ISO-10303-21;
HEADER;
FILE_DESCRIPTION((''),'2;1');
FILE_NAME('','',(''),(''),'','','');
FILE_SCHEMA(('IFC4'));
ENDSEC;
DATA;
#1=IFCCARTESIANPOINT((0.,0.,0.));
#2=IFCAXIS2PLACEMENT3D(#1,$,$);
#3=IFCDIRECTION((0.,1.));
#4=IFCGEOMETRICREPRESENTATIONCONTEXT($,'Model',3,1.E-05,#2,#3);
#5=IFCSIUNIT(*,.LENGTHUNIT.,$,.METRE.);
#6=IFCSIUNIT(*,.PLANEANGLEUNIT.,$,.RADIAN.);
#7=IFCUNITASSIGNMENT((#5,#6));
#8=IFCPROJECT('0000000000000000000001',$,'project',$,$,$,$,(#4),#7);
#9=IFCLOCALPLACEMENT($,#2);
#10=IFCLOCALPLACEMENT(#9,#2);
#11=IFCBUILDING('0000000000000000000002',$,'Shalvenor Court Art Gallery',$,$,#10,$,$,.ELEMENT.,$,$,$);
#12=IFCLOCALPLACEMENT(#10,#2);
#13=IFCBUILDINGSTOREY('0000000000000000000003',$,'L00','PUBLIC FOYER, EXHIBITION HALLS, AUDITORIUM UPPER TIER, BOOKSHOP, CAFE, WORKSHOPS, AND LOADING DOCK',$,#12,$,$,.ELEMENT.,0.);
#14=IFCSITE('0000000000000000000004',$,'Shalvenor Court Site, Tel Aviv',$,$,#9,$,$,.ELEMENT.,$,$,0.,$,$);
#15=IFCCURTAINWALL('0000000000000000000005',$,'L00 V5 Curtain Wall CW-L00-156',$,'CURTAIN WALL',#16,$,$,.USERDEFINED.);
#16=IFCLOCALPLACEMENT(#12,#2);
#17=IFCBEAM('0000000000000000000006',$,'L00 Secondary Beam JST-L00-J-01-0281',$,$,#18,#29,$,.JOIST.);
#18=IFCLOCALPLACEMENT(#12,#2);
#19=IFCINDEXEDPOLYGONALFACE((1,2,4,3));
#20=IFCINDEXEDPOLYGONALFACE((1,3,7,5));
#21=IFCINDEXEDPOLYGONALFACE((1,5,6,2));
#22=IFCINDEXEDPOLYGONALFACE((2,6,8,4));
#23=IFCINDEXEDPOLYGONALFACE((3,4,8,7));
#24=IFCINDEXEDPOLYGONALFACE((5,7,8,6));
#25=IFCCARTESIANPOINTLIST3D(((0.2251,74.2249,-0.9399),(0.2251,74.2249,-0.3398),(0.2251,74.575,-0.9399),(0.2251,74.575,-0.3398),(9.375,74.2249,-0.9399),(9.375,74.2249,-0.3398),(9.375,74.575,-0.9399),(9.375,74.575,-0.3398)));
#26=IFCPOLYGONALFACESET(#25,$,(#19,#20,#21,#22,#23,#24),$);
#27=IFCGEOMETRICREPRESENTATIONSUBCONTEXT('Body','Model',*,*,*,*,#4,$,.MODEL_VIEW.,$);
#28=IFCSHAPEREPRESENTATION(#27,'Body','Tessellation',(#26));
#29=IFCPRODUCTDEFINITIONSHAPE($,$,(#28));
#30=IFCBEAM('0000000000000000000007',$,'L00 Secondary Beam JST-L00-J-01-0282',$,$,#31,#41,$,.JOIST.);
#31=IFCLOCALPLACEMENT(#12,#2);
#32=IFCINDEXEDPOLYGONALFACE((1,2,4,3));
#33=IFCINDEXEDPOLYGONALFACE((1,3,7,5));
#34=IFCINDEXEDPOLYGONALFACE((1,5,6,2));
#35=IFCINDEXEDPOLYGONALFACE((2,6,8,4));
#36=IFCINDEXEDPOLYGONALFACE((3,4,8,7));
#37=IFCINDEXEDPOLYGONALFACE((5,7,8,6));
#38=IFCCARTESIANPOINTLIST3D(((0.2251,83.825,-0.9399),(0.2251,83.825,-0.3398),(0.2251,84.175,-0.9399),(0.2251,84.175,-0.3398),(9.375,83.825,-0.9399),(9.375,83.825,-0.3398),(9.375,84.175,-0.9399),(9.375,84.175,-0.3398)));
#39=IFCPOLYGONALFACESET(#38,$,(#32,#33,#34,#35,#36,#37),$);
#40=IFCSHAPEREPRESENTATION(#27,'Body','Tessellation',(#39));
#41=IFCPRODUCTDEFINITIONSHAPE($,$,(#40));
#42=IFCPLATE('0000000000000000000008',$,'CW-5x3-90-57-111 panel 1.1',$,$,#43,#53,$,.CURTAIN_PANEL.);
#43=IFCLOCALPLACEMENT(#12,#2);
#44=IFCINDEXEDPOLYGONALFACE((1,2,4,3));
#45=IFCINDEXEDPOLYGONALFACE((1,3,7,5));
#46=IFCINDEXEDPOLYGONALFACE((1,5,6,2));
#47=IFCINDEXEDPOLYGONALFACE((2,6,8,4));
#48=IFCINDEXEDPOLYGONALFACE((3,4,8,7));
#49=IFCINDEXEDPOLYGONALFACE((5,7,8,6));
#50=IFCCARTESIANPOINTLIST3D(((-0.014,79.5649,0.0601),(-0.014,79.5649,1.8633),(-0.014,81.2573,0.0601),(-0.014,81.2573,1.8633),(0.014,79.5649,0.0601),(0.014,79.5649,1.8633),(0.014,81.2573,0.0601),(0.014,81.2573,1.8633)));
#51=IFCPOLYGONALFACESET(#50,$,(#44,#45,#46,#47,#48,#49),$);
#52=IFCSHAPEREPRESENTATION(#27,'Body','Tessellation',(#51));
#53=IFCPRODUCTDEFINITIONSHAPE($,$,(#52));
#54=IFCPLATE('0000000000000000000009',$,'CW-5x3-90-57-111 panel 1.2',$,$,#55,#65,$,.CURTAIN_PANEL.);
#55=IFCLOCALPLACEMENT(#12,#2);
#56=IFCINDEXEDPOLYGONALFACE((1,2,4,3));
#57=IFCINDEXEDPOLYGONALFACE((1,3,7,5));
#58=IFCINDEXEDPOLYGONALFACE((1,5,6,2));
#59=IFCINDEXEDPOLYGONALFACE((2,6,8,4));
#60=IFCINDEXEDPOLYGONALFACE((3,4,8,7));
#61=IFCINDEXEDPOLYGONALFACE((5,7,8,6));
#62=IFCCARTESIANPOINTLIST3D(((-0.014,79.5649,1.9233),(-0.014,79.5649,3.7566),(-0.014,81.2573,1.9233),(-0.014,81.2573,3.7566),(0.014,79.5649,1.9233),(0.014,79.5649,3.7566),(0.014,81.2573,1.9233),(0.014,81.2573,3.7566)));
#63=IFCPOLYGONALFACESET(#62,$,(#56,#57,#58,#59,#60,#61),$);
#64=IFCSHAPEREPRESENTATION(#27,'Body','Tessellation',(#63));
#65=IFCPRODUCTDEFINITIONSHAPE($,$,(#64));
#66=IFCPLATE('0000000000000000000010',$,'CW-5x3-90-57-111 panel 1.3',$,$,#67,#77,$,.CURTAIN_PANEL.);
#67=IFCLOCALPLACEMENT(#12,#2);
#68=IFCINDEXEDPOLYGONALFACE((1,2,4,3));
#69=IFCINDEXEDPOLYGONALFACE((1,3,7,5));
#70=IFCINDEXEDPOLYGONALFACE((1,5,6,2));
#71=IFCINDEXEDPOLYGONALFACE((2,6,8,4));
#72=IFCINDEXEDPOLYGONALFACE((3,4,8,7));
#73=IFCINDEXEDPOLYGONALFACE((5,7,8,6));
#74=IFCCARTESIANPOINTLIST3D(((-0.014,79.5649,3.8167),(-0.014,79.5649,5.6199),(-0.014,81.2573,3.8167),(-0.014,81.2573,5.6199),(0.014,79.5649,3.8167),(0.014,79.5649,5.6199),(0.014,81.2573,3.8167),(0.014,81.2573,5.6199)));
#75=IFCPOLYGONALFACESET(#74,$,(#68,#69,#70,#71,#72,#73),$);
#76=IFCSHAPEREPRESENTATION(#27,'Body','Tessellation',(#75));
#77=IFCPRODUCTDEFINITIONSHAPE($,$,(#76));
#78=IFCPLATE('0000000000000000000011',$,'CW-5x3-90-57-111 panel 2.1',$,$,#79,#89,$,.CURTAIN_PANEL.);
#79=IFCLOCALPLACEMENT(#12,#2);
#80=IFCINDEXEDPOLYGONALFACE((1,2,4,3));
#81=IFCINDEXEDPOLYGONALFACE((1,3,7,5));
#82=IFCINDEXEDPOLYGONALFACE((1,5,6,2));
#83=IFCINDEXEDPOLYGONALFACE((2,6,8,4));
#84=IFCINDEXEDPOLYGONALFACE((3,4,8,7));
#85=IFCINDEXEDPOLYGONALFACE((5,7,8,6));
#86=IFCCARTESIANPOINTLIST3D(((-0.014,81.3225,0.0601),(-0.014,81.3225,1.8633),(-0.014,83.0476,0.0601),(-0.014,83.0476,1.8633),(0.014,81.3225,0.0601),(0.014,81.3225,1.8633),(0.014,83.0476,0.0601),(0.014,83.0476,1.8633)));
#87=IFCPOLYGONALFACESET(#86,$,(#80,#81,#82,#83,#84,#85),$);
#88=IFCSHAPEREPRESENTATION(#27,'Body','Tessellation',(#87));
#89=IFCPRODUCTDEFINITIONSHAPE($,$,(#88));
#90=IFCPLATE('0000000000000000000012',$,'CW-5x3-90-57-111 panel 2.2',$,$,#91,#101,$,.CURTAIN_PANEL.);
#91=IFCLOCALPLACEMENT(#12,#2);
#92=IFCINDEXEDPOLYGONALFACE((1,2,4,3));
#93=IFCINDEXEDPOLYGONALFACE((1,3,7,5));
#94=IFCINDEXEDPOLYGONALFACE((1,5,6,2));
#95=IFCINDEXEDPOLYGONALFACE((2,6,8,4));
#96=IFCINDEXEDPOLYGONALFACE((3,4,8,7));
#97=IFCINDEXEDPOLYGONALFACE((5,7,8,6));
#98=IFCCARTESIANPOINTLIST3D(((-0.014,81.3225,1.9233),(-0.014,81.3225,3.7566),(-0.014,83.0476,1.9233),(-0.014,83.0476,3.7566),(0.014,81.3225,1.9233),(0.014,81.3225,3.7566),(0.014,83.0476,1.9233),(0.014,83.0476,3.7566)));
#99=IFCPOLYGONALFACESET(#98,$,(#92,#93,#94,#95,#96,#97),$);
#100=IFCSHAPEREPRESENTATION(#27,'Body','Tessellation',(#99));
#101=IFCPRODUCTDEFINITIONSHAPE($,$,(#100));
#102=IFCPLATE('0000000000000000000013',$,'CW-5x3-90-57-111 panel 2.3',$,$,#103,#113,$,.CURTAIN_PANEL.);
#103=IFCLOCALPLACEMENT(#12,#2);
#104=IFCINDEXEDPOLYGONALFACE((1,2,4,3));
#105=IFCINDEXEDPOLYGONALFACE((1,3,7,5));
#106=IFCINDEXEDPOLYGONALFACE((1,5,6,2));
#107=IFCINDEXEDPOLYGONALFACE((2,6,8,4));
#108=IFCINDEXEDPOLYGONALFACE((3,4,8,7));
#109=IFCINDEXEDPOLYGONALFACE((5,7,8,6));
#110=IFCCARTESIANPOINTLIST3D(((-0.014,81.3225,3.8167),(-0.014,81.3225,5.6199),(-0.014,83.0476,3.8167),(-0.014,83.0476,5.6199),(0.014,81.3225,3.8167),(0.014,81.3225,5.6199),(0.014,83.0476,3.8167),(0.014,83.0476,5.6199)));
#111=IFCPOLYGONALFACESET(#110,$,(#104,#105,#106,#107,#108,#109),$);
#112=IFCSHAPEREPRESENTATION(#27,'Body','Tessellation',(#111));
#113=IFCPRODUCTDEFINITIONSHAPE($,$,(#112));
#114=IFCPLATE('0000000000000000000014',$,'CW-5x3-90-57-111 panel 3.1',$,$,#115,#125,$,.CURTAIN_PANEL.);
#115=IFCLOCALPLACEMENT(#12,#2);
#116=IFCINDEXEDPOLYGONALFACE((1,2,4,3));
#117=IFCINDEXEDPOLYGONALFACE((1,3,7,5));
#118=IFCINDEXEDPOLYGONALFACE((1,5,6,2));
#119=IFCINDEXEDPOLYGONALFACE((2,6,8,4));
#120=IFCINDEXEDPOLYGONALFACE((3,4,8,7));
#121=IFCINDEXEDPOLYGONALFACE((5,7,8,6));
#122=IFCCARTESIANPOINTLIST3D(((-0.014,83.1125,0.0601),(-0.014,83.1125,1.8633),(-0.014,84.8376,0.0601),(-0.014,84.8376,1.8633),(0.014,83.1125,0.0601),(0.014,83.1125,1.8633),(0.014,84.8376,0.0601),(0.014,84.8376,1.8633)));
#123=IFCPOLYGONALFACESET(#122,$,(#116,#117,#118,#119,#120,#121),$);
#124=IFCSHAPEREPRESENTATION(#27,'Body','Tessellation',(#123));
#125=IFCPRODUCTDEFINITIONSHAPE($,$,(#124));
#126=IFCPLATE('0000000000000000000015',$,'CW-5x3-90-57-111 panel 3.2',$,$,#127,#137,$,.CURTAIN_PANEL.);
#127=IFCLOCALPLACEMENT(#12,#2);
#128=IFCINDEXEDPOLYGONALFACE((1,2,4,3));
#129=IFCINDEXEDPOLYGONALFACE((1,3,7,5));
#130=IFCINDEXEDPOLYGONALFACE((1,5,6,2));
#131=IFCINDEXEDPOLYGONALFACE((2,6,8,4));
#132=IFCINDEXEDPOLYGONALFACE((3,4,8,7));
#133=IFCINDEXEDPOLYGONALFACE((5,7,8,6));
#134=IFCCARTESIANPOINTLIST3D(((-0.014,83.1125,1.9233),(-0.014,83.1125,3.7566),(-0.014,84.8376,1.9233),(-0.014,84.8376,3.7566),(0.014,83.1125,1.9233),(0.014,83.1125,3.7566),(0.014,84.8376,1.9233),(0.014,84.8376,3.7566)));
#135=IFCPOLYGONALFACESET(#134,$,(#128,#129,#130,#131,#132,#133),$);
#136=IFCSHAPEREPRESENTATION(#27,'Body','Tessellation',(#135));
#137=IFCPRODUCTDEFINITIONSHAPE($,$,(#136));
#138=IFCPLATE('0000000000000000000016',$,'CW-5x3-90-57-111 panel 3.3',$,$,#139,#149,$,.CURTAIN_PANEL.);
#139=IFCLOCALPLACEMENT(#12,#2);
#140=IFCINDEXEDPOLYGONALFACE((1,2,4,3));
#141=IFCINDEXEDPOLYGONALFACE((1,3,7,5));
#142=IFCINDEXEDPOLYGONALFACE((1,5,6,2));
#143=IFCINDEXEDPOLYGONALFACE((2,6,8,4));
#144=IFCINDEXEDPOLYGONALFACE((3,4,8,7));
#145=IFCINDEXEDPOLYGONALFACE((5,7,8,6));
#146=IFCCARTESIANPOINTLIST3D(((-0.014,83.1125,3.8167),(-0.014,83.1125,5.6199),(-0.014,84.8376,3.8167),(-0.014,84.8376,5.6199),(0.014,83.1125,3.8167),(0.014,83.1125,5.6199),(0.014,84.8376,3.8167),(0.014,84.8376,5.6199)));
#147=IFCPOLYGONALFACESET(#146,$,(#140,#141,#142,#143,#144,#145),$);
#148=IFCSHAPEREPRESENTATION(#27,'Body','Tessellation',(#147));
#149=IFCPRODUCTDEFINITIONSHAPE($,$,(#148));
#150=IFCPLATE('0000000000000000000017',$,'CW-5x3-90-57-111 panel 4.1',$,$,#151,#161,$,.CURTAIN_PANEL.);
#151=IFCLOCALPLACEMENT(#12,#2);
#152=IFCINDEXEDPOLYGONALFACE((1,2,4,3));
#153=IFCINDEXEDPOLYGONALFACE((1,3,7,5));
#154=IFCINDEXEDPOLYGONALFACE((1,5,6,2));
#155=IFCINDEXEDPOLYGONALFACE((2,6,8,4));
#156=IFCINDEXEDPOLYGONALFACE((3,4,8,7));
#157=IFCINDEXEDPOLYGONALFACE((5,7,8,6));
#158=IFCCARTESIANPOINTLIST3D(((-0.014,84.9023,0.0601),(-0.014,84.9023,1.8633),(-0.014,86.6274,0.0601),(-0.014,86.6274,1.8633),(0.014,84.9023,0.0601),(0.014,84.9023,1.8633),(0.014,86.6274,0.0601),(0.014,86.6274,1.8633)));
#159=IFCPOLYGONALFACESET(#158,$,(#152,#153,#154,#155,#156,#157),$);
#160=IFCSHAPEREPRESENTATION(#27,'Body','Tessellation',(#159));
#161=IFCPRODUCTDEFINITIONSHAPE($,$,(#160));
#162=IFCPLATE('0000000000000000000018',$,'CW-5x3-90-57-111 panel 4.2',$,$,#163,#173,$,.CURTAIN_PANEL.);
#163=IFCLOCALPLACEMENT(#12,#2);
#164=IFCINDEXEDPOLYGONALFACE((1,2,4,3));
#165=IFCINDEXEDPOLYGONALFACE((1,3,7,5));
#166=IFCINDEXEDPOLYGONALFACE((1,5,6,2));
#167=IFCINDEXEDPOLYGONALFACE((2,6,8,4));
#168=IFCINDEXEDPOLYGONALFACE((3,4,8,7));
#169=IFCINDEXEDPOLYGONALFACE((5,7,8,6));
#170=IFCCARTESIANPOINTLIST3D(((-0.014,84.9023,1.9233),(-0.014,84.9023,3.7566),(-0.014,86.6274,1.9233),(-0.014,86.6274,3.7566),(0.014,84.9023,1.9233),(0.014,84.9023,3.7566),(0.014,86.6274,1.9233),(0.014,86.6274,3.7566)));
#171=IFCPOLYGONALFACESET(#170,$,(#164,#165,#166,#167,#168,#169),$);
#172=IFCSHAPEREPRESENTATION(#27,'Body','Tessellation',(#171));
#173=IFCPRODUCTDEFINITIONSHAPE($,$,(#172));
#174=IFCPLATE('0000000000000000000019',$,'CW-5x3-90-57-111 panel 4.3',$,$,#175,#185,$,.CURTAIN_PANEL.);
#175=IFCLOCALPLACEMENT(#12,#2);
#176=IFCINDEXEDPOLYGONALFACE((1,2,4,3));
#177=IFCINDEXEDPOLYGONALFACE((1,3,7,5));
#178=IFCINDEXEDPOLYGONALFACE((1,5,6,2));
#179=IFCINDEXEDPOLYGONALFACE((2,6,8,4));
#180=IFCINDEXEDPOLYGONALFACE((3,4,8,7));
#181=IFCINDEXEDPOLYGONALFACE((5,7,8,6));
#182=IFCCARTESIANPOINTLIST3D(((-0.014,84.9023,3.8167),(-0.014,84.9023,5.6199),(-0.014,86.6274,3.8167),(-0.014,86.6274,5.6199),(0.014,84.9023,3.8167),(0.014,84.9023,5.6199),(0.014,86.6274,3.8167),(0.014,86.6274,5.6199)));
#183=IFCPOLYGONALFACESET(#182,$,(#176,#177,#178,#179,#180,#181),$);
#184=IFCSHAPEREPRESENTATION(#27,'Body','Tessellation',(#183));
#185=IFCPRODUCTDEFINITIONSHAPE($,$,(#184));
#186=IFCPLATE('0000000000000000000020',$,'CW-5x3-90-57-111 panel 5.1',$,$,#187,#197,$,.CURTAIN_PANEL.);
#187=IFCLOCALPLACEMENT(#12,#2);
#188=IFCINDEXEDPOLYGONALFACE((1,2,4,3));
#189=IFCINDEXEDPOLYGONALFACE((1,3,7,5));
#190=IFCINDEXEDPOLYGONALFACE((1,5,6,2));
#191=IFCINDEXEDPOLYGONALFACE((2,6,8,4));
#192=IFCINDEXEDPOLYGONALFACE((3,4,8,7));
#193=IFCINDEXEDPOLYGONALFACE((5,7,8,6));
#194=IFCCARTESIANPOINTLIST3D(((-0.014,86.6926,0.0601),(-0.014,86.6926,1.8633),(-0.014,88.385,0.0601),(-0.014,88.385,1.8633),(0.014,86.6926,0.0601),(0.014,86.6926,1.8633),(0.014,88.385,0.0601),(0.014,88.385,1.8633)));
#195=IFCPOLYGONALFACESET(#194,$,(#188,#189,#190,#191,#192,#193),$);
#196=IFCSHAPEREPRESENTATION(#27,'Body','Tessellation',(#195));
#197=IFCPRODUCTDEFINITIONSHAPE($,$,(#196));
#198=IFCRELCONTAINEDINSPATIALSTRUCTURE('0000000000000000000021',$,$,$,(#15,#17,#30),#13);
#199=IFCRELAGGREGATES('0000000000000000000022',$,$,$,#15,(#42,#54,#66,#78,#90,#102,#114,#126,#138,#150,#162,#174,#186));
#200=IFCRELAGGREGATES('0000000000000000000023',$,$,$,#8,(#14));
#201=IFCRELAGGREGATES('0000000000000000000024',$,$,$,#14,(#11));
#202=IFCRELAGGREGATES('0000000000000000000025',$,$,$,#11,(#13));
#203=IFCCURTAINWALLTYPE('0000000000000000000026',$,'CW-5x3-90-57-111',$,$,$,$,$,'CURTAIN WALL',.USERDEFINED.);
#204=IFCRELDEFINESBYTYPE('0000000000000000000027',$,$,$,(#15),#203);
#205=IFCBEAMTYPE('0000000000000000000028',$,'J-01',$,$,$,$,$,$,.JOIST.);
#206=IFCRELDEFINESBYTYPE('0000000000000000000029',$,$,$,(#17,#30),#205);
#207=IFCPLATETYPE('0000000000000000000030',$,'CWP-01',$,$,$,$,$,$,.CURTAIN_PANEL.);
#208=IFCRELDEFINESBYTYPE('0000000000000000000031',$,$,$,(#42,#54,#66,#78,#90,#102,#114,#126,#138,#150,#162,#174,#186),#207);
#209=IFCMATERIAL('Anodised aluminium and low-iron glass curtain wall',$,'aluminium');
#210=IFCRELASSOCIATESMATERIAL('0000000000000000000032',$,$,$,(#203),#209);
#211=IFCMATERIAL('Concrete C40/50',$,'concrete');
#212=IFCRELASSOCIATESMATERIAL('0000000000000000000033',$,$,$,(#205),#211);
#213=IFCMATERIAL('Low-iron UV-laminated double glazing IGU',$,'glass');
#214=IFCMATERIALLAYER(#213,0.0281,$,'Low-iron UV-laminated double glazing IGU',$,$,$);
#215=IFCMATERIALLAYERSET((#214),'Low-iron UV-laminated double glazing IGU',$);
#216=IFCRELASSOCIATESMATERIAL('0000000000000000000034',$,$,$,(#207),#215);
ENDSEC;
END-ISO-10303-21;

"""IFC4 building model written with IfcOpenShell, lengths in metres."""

from ifc_helpers import new_model, si_unit, direction, frame, origin, origin_2d, place, context, subcontext, project, spatial, rectangle, extrude, material, layer, layer_set, material_profile, profile_set, type_object, element, aggregate, save


model = new_model("IFC4")

# Units and contexts
model_context = context("Model", 3, precision=1e-05, world=origin(), true_north=direction((0.0, 1.0)))
body_context = subcontext(model_context, "Body", "Model", "MODEL_VIEW")
ifc_project = project(units=[si_unit("LENGTHUNIT", "METRE"), si_unit("PLANEANGLEUNIT", "RADIAN")], contexts=[model_context])

# Site, building, storey
site_placement = place(None, origin())
site = spatial("IfcSite", under=ifc_project, at=site_placement, Name="Shalvenor Court Site, Tel Aviv", CompositionType="ELEMENT", RefElevation=0.0)
building_placement = place(site_placement, origin())
building = spatial("IfcBuilding", under=site, at=building_placement, Name="Shalvenor Court Art Gallery", CompositionType="ELEMENT")
storey_placement = place(building_placement, origin())
storey = spatial("IfcBuildingStorey", under=building, at=storey_placement, Name="L00", Description="PUBLIC FOYER, EXHIBITION HALLS, AUDITORIUM UPPER TIER, BOOKSHOP, CAFE, WORKSHOPS, AND LOADING DOCK", CompositionType="ELEMENT", Elevation=0.0)

# Curtain wall
ifc_material_1 = material(Name="Anodised aluminium and low-iron glass curtain wall", Category="aluminium")
curtain_wall_type = type_object("IfcCurtainWallType", Name="CW-5x3-90-57-111", ElementType="CURTAIN WALL", PredefinedType="USERDEFINED", material=ifc_material_1)
curtain_wall_placement = place(storey_placement, origin())
curtain_wall = element("IfcCurtainWall", 1, at=curtain_wall_placement, inside=storey, type_object=curtain_wall_type, Name="L00 V5 Curtain Wall CW-L00-156", ObjectType="CURTAIN WALL", PredefinedType="USERDEFINED")

# Beams
ifc_material_2 = material(Name="Concrete C40/50", Category="concrete")
ifc_material_profile_1 = material_profile(ifc_material_2, rectangle(XDim=0.3501, YDim=0.6001, at=origin_2d()), Name="RC 350x600")
ifc_profile_set_1 = profile_set([ifc_material_profile_1], Name="Concrete C40/50")
beam_type_1 = type_object("IfcBeamType", Name="J-01", PredefinedType="JOIST", material=ifc_profile_set_1)
for number, where, z_axis, x_axis, name in (
    (2, (0.2251, 74.3999, -0.6399), (1.0, 0.0, 0.0), (0.0, 1.0, 0.0), "L00 Secondary Beam JST-L00-J-01-0281"),
    (3, (0.2251, 84.0, -0.6399), (1.0, 0.0, 0.0), (0.0, 1.0, 0.0), "L00 Secondary Beam JST-L00-J-01-0282"),
):
    element("IfcBeam", number, at=place(storey_placement, frame(where, z_axis=z_axis, x_axis=x_axis)), inside=storey, type_object=beam_type_1, Name=name, PredefinedType="JOIST", context=body_context, shape_type="SweptSolid", body=[
        extrude(rectangle(XDim=0.3501, YDim=0.6001, at=origin_2d()), origin(), (0.0, 0.0, 1.0), 9.1499),
    ])

# Plates
ifc_material_3 = material(Name="Low-iron UV-laminated double glazing IGU", Category="glass")
ifc_layer_1 = layer(ifc_material_3, 0.0281, Name="Low-iron UV-laminated double glazing IGU")
ifc_layer_set_1 = layer_set([ifc_layer_1], Name="Low-iron UV-laminated double glazing IGU")
plate_type_1 = type_object("IfcPlateType", Name="CWP-01", PredefinedType="CURTAIN_PANEL", material=ifc_layer_set_1)
plate_1_placement = place(storey_placement, frame((0.0, 80.4111, 0.0601), z_axis=(0.0, 0.0, 1.0), x_axis=(0.0, 1.0, 0.0)))
plate_1 = element("IfcPlate", 4, at=plate_1_placement, type_object=plate_type_1, Name="CW-5x3-90-57-111 panel 1.1", PredefinedType="CURTAIN_PANEL", context=body_context, shape_type="SweptSolid", body=[
    extrude(rectangle(XDim=1.6924, YDim=0.0281, at=origin_2d()), origin(), (0.0, 0.0, 1.0), 1.8032),
])
plate_2_placement = place(storey_placement, frame((0.0, 80.4111, 1.9233), z_axis=(0.0, 0.0, 1.0), x_axis=(0.0, 1.0, 0.0)))
plate_2 = element("IfcPlate", 5, at=plate_2_placement, type_object=plate_type_1, Name="CW-5x3-90-57-111 panel 1.2", PredefinedType="CURTAIN_PANEL", context=body_context, shape_type="SweptSolid", body=[
    extrude(rectangle(XDim=1.6924, YDim=0.0281, at=origin_2d()), origin(), (0.0, 0.0, 1.0), 1.8333),
])
plate_3_placement = place(storey_placement, frame((0.0, 80.4111, 3.8167), z_axis=(0.0, 0.0, 1.0), x_axis=(0.0, 1.0, 0.0)))
plate_3 = element("IfcPlate", 6, at=plate_3_placement, type_object=plate_type_1, Name="CW-5x3-90-57-111 panel 1.3", PredefinedType="CURTAIN_PANEL", context=body_context, shape_type="SweptSolid", body=[
    extrude(rectangle(XDim=1.6924, YDim=0.0281, at=origin_2d()), origin(), (0.0, 0.0, 1.0), 1.8032),
])
plate_4_placement = place(storey_placement, frame((0.0, 82.1851, 0.0601), z_axis=(0.0, 0.0, 1.0), x_axis=(0.0, 1.0, 0.0)))
plate_4 = element("IfcPlate", 7, at=plate_4_placement, type_object=plate_type_1, Name="CW-5x3-90-57-111 panel 2.1", PredefinedType="CURTAIN_PANEL", context=body_context, shape_type="SweptSolid", body=[
    extrude(rectangle(XDim=1.7251, YDim=0.0281, at=origin_2d()), origin(), (0.0, 0.0, 1.0), 1.8032),
])
plate_5_placement = place(storey_placement, frame((0.0, 82.1851, 1.9233), z_axis=(0.0, 0.0, 1.0), x_axis=(0.0, 1.0, 0.0)))
plate_5 = element("IfcPlate", 8, at=plate_5_placement, type_object=plate_type_1, Name="CW-5x3-90-57-111 panel 2.2", PredefinedType="CURTAIN_PANEL", context=body_context, shape_type="SweptSolid", body=[
    extrude(rectangle(XDim=1.7251, YDim=0.0281, at=origin_2d()), origin(), (0.0, 0.0, 1.0), 1.8333),
])
plate_6_placement = place(storey_placement, frame((0.0, 82.1851, 3.8167), z_axis=(0.0, 0.0, 1.0), x_axis=(0.0, 1.0, 0.0)))
plate_6 = element("IfcPlate", 9, at=plate_6_placement, type_object=plate_type_1, Name="CW-5x3-90-57-111 panel 2.3", PredefinedType="CURTAIN_PANEL", context=body_context, shape_type="SweptSolid", body=[
    extrude(rectangle(XDim=1.7251, YDim=0.0281, at=origin_2d()), origin(), (0.0, 0.0, 1.0), 1.8032),
])
plate_7_placement = place(storey_placement, frame((0.0, 83.9751, 0.0601), z_axis=(0.0, 0.0, 1.0), x_axis=(0.0, 1.0, 0.0)))
plate_7 = element("IfcPlate", 10, at=plate_7_placement, type_object=plate_type_1, Name="CW-5x3-90-57-111 panel 3.1", PredefinedType="CURTAIN_PANEL", context=body_context, shape_type="SweptSolid", body=[
    extrude(rectangle(XDim=1.7251, YDim=0.0281, at=origin_2d()), origin(), (0.0, 0.0, 1.0), 1.8032),
])
plate_8_placement = place(storey_placement, frame((0.0, 83.9751, 1.9233), z_axis=(0.0, 0.0, 1.0), x_axis=(0.0, 1.0, 0.0)))
plate_8 = element("IfcPlate", 11, at=plate_8_placement, type_object=plate_type_1, Name="CW-5x3-90-57-111 panel 3.2", PredefinedType="CURTAIN_PANEL", context=body_context, shape_type="SweptSolid", body=[
    extrude(rectangle(XDim=1.7251, YDim=0.0281, at=origin_2d()), origin(), (0.0, 0.0, 1.0), 1.8333),
])
plate_9_placement = place(storey_placement, frame((0.0, 83.9751, 3.8167), z_axis=(0.0, 0.0, 1.0), x_axis=(0.0, 1.0, 0.0)))
plate_9 = element("IfcPlate", 12, at=plate_9_placement, type_object=plate_type_1, Name="CW-5x3-90-57-111 panel 3.3", PredefinedType="CURTAIN_PANEL", context=body_context, shape_type="SweptSolid", body=[
    extrude(rectangle(XDim=1.7251, YDim=0.0281, at=origin_2d()), origin(), (0.0, 0.0, 1.0), 1.8032),
])
plate_10_placement = place(storey_placement, frame((0.0, 85.7649, 0.0601), z_axis=(0.0, 0.0, 1.0), x_axis=(0.0, 1.0, 0.0)))
plate_10 = element("IfcPlate", 13, at=plate_10_placement, type_object=plate_type_1, Name="CW-5x3-90-57-111 panel 4.1", PredefinedType="CURTAIN_PANEL", context=body_context, shape_type="SweptSolid", body=[
    extrude(rectangle(XDim=1.7251, YDim=0.0281, at=origin_2d()), origin(), (0.0, 0.0, 1.0), 1.8032),
])
plate_11_placement = place(storey_placement, frame((0.0, 85.7649, 1.9233), z_axis=(0.0, 0.0, 1.0), x_axis=(0.0, 1.0, 0.0)))
plate_11 = element("IfcPlate", 14, at=plate_11_placement, type_object=plate_type_1, Name="CW-5x3-90-57-111 panel 4.2", PredefinedType="CURTAIN_PANEL", context=body_context, shape_type="SweptSolid", body=[
    extrude(rectangle(XDim=1.7251, YDim=0.0281, at=origin_2d()), origin(), (0.0, 0.0, 1.0), 1.8333),
])
plate_12_placement = place(storey_placement, frame((0.0, 85.7649, 3.8167), z_axis=(0.0, 0.0, 1.0), x_axis=(0.0, 1.0, 0.0)))
plate_12 = element("IfcPlate", 15, at=plate_12_placement, type_object=plate_type_1, Name="CW-5x3-90-57-111 panel 4.3", PredefinedType="CURTAIN_PANEL", context=body_context, shape_type="SweptSolid", body=[
    extrude(rectangle(XDim=1.7251, YDim=0.0281, at=origin_2d()), origin(), (0.0, 0.0, 1.0), 1.8032),
])
plate_13_placement = place(storey_placement, frame((0.0, 87.5388, 0.0601), z_axis=(0.0, 0.0, 1.0), x_axis=(0.0, 1.0, 0.0)))
plate_13 = element("IfcPlate", 16, at=plate_13_placement, type_object=plate_type_1, Name="CW-5x3-90-57-111 panel 5.1", PredefinedType="CURTAIN_PANEL", context=body_context, shape_type="SweptSolid", body=[
    extrude(rectangle(XDim=1.6924, YDim=0.0281, at=origin_2d()), origin(), (0.0, 0.0, 1.0), 1.8032),
])
aggregate(curtain_wall, [plate_1, plate_2, plate_3, plate_4, plate_5, plate_6, plate_7, plate_8, plate_9, plate_10, plate_11, plate_12, plate_13])

save(model, "model.ifc")
